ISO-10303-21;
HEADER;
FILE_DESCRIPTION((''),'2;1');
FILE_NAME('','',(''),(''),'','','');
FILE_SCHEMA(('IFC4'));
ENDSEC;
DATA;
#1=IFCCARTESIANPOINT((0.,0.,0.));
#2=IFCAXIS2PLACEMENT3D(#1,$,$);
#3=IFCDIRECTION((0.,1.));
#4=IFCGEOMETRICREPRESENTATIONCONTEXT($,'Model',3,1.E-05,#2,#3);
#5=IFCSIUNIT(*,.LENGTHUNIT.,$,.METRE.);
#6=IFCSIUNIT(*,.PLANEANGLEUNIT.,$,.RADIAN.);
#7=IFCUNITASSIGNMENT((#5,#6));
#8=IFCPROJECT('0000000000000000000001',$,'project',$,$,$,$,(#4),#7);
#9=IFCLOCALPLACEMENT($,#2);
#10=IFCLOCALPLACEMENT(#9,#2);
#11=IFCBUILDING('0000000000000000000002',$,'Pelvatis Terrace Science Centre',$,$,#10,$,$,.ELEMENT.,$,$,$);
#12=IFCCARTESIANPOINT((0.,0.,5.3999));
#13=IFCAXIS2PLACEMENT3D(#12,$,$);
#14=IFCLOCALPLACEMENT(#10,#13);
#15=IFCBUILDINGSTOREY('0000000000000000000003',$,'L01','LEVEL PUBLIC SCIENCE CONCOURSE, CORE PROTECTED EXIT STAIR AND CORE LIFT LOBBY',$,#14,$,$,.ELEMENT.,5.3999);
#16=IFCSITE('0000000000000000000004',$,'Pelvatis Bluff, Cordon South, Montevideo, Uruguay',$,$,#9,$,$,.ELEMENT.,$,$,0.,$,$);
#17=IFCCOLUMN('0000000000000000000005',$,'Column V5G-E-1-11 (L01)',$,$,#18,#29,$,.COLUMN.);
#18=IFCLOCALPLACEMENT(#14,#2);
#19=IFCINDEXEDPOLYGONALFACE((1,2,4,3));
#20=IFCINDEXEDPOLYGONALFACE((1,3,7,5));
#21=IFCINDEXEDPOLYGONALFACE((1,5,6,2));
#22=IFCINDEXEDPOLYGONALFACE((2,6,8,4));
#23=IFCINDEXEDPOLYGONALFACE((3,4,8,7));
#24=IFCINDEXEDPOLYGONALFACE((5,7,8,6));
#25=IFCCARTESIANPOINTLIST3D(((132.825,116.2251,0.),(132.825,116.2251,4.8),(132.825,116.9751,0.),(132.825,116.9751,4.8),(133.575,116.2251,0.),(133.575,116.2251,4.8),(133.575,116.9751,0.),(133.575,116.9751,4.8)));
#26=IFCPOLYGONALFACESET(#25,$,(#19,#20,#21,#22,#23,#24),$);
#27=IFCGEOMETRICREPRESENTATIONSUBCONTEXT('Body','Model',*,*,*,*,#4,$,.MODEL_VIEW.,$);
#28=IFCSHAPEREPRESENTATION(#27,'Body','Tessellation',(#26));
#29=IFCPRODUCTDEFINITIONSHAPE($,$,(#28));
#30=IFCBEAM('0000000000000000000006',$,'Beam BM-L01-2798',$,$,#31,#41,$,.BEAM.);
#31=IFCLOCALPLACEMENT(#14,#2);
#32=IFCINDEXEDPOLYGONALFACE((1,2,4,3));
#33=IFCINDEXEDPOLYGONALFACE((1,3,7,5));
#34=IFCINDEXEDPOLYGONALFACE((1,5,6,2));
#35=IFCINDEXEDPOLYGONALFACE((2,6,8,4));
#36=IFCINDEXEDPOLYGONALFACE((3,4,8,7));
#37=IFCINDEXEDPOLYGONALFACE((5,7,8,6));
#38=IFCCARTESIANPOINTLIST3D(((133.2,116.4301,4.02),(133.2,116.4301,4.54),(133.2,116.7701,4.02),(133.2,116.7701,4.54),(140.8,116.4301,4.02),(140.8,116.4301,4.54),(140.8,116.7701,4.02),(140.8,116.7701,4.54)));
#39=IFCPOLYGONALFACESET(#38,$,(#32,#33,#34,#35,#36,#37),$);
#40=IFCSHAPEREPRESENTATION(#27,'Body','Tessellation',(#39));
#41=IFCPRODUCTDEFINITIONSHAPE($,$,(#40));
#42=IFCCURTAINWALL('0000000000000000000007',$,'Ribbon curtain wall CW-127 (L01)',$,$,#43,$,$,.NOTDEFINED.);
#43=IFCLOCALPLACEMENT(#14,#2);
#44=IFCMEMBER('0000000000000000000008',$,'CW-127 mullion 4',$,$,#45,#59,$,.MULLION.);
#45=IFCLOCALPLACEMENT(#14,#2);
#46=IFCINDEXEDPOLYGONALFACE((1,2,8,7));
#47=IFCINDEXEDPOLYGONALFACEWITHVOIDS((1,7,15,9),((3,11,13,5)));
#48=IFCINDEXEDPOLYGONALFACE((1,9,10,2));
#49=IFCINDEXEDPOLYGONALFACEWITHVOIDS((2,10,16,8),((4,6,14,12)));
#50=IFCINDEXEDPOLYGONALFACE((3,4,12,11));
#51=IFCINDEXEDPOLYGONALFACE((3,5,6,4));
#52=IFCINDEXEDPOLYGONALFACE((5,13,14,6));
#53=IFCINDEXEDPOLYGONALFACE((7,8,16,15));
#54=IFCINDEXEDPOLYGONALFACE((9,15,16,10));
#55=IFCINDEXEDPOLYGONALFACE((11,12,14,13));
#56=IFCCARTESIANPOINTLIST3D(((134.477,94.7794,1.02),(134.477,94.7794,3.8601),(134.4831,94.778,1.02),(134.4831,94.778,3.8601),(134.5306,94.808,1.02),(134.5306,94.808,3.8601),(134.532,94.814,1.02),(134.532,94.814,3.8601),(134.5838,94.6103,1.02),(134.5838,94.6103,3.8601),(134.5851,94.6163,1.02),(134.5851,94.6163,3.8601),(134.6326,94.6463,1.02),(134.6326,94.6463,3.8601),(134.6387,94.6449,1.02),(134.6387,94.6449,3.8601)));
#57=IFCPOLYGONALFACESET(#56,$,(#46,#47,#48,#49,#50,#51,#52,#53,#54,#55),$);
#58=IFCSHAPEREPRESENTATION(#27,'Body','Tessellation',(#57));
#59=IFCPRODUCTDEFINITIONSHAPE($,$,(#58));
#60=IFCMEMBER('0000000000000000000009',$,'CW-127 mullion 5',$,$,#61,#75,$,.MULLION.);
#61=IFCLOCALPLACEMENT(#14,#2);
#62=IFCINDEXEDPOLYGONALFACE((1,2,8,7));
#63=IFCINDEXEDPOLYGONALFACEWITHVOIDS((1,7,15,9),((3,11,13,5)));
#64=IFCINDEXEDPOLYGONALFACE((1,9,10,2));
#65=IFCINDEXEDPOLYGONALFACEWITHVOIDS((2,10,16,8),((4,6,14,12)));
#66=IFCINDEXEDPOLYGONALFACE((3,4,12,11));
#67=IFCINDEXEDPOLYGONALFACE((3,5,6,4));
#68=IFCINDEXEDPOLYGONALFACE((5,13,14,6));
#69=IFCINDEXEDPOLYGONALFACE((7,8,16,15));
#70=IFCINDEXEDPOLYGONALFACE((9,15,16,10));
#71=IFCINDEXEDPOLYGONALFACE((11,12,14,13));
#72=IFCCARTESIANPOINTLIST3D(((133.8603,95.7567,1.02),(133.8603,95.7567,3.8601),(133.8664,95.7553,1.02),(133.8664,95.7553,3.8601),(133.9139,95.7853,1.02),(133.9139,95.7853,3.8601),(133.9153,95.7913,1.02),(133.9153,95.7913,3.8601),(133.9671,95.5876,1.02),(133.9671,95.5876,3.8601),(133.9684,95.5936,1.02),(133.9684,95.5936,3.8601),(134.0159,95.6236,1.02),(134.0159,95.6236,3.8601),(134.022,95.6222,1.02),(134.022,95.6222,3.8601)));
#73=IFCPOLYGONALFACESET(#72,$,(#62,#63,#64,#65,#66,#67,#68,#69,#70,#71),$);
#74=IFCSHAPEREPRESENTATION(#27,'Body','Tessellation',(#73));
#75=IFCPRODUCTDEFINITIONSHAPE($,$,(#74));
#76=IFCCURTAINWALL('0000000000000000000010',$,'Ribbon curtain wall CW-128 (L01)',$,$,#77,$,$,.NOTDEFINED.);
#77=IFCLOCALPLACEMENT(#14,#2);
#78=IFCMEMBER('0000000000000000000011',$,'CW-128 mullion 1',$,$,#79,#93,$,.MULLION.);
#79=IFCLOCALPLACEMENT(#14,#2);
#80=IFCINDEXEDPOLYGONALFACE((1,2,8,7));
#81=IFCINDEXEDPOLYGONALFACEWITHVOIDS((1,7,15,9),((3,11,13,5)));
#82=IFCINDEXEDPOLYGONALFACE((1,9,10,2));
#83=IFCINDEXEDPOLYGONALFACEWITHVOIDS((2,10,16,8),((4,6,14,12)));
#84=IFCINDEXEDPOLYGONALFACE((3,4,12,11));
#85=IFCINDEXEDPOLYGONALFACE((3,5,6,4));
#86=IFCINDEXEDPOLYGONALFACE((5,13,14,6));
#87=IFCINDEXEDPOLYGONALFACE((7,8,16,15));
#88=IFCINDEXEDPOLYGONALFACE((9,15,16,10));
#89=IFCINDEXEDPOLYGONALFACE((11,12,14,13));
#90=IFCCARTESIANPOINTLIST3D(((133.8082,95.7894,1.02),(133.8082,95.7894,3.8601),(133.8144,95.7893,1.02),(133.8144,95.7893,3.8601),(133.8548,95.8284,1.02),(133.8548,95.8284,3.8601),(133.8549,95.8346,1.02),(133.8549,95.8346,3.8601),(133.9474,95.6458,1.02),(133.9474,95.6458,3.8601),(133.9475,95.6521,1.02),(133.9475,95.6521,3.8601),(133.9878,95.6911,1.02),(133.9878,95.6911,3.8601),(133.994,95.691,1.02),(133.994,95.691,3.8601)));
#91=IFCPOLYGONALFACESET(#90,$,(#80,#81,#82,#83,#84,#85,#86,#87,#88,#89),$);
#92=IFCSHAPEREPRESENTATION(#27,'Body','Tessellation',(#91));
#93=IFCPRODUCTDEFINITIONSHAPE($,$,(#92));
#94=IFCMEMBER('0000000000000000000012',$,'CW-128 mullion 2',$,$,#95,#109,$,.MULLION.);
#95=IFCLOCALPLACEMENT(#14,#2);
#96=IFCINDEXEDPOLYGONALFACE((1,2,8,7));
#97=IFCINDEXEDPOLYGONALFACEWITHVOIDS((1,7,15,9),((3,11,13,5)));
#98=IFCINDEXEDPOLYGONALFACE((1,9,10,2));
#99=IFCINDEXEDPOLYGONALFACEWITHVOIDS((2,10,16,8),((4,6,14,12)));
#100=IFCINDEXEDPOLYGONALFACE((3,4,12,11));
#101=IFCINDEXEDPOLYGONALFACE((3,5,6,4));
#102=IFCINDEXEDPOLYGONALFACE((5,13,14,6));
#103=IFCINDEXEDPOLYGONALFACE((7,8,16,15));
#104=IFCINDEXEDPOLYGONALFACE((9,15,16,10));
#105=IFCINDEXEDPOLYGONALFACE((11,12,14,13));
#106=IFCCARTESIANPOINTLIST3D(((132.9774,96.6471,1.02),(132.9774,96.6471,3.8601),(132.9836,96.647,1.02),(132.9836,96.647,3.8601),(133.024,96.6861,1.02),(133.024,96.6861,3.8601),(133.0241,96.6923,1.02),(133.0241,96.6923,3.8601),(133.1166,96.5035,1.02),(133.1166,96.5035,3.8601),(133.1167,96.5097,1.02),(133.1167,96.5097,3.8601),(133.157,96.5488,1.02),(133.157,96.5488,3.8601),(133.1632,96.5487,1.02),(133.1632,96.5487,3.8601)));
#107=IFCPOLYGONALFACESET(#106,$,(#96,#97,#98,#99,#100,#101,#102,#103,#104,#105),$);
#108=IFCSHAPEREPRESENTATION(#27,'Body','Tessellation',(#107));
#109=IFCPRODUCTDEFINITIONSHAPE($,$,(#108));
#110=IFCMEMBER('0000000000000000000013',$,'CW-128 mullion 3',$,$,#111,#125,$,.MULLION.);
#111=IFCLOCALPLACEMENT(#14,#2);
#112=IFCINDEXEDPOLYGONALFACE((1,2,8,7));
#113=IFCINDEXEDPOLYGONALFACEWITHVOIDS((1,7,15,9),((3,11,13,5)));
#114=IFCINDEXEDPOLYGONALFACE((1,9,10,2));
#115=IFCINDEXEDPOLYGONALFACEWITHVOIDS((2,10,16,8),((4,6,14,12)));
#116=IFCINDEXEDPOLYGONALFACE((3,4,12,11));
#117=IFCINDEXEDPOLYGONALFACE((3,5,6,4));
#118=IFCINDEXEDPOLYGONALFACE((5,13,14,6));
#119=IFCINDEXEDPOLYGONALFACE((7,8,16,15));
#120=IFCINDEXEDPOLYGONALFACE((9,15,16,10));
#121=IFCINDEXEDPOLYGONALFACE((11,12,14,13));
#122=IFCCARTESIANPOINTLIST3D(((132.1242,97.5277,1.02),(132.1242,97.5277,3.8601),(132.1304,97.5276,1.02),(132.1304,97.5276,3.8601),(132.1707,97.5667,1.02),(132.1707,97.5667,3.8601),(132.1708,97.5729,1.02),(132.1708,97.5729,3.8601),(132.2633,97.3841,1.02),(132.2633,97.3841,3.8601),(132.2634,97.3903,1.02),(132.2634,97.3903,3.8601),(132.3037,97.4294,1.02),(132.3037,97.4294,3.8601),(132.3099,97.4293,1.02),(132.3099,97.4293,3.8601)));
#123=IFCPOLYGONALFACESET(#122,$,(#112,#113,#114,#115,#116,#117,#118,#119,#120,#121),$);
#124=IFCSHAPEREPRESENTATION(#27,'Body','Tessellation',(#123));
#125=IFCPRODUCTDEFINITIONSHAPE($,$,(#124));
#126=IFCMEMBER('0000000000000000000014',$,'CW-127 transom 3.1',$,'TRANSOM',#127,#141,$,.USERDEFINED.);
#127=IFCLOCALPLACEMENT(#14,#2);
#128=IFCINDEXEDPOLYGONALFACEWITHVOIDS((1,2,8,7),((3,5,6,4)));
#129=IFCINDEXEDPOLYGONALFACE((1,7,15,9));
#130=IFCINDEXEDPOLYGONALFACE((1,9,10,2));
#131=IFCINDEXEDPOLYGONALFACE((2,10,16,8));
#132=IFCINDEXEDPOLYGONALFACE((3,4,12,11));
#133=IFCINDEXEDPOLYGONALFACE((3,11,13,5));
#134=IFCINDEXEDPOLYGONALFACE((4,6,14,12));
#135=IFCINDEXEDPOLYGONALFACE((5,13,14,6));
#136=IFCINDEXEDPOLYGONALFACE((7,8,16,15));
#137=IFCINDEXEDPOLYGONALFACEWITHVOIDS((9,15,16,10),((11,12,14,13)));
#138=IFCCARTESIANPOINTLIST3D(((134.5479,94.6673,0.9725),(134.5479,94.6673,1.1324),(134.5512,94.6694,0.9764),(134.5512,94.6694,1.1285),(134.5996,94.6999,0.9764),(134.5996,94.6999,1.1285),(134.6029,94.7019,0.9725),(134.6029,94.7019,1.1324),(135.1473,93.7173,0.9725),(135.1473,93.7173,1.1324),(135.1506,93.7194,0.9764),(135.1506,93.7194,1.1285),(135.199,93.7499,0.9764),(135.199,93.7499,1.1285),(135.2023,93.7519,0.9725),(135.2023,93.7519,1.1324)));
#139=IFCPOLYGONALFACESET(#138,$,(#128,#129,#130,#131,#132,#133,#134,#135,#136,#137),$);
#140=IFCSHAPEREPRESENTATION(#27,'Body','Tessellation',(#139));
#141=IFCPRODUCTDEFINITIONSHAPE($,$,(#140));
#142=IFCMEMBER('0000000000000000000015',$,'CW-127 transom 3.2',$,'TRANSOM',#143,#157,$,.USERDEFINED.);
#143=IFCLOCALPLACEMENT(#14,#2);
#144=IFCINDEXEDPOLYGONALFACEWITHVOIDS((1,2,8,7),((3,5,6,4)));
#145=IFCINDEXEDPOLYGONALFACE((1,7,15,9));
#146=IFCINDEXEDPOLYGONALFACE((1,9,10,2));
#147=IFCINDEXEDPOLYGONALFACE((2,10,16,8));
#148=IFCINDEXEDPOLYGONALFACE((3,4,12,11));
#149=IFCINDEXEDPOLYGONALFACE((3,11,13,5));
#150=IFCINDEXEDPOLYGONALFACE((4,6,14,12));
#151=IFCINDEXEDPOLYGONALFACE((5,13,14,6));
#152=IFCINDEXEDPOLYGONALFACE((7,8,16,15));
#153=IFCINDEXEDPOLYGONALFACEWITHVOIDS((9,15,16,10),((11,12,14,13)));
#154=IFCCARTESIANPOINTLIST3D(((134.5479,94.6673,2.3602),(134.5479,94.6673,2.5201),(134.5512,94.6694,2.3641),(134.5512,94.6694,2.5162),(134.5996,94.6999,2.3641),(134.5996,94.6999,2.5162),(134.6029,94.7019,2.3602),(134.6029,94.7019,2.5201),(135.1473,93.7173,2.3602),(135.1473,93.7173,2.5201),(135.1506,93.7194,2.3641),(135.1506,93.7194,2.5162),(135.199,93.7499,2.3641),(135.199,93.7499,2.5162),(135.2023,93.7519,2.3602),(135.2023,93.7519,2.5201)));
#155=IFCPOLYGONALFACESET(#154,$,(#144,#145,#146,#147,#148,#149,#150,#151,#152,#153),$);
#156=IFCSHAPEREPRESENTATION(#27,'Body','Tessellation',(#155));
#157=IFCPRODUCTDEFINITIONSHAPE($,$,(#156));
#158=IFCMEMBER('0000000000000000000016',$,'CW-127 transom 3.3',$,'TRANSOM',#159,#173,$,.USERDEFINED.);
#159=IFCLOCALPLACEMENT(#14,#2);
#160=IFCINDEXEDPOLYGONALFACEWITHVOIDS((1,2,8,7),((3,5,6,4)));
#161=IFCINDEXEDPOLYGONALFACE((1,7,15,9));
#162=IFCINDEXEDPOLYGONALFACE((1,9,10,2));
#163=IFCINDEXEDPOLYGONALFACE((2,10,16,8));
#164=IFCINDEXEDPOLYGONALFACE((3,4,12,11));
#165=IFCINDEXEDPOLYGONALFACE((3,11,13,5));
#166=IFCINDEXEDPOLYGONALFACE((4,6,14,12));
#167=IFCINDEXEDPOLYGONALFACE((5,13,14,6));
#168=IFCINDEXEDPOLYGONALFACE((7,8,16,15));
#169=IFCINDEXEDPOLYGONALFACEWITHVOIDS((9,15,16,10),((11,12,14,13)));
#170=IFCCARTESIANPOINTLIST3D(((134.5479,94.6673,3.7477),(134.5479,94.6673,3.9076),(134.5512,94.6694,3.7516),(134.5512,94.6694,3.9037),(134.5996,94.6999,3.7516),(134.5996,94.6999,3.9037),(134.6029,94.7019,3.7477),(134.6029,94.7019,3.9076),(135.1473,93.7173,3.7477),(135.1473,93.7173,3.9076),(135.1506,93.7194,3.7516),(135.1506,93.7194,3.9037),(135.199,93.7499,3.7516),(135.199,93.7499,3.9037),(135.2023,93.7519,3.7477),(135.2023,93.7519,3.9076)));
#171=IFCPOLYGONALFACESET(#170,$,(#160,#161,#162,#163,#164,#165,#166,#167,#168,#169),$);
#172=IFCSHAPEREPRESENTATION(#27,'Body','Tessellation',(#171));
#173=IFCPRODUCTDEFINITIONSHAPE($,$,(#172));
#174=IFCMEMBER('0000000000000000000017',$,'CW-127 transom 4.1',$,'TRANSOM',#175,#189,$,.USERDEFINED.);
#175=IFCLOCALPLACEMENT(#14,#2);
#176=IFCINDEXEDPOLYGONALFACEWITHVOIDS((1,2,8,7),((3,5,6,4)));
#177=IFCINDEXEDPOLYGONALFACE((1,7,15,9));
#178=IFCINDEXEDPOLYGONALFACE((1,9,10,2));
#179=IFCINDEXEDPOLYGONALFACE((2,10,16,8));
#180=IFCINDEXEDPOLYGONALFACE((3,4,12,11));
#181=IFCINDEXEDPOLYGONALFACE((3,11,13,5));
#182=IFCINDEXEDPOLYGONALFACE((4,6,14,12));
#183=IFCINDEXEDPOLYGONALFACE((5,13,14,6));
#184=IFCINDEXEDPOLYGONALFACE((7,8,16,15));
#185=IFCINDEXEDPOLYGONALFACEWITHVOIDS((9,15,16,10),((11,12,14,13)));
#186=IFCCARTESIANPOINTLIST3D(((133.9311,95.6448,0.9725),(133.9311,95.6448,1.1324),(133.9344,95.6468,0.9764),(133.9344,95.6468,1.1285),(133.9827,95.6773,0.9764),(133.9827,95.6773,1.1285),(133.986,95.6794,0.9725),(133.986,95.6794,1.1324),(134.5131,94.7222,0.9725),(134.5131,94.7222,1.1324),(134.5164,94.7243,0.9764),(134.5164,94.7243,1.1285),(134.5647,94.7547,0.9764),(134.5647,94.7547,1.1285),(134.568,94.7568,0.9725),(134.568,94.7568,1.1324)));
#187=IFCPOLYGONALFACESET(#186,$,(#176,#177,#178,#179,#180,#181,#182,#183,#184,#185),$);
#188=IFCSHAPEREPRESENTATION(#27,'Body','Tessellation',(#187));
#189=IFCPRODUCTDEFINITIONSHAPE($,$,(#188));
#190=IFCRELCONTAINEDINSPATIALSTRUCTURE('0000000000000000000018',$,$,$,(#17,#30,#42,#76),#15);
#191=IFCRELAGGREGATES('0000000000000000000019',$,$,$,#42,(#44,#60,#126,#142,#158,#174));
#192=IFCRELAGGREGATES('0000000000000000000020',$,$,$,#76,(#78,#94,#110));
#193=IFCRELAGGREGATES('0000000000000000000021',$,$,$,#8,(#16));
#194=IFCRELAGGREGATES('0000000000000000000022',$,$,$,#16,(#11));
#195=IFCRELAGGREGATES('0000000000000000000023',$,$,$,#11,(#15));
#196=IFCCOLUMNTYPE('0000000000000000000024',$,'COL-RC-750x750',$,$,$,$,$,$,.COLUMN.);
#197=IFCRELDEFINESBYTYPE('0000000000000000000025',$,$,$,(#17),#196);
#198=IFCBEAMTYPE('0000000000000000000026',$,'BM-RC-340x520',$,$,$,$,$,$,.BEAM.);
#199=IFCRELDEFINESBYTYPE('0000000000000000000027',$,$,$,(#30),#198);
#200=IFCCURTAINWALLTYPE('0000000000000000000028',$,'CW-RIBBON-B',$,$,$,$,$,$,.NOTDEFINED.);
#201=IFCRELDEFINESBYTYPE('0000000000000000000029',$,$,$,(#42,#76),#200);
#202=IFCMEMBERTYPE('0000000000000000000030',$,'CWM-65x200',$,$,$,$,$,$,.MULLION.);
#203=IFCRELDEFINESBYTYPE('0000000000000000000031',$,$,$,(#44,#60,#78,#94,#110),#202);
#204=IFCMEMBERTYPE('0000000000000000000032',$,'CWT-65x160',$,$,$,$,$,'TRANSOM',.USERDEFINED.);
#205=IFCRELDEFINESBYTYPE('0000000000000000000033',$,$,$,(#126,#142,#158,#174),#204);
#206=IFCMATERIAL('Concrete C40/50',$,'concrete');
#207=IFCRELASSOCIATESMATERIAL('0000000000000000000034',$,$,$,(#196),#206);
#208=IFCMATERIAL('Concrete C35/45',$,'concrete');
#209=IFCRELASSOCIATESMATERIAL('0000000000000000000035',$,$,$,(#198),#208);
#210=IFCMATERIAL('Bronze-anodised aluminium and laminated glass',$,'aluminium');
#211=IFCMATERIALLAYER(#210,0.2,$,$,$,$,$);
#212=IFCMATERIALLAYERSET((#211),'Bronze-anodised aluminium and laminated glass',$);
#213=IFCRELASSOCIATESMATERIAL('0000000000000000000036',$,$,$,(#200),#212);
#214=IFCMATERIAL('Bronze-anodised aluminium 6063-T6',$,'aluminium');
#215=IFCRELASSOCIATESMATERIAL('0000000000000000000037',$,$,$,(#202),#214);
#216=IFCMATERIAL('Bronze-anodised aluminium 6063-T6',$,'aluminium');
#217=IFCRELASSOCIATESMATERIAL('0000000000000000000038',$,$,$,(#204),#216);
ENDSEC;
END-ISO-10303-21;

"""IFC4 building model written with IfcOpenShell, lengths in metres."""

from ifc_helpers import new_model, si_unit, direction, frame, origin, origin_2d, place, context, subcontext, project, spatial, rectangle, hollow_rectangle, extrude, material, layer, layer_set, material_profile, profile_set, type_object, element, aggregate, save


model = new_model("IFC4")

# Units and contexts
model_context = context("Model", 3, precision=1e-05, world=origin(), true_north=direction((0.0, 1.0)))
body_context = subcontext(model_context, "Body", "Model", "MODEL_VIEW")
ifc_project = project(units=[si_unit("LENGTHUNIT", "METRE"), si_unit("PLANEANGLEUNIT", "RADIAN")], contexts=[model_context])

# Site, building, storey
site_placement = place(None, origin())
site = spatial("IfcSite", under=ifc_project, at=site_placement, Name="Pelvatis Bluff, Cordon South, Montevideo, Uruguay", CompositionType="ELEMENT", RefElevation=0.0)
building_placement = place(site_placement, origin())
building = spatial("IfcBuilding", under=site, at=building_placement, Name="Pelvatis Terrace Science Centre", CompositionType="ELEMENT")
storey_placement = place(building_placement, frame((0.0, 0.0, 5.3999)))
storey = spatial("IfcBuildingStorey", under=building, at=storey_placement, Name="L01", Description="LEVEL PUBLIC SCIENCE CONCOURSE, CORE PROTECTED EXIT STAIR AND CORE LIFT LOBBY", CompositionType="ELEMENT", Elevation=5.3999)

# Column
ifc_material_1 = material(Name="Concrete C40/50", Category="concrete")
ifc_material_profile_1 = material_profile(ifc_material_1, rectangle(XDim=0.75, YDim=0.75, at=origin_2d()), Name="RC-COL 750x750")
ifc_profile_set_1 = profile_set([ifc_material_profile_1], Name="Concrete C40/50")
column_type = type_object("IfcColumnType", Name="COL-RC-750x750", PredefinedType="COLUMN", material=ifc_profile_set_1)
column_placement = place(storey_placement, frame((133.2, 116.6001, 0.0), z_axis=(0.0, 0.0, 1.0), x_axis=(1.0, 0.0, 0.0)))
element("IfcColumn", 1, at=column_placement, inside=storey, type_object=column_type, Name="Column V5G-E-1-11 (L01)", PredefinedType="COLUMN", context=body_context, shape_type="SweptSolid", body=[
    extrude(rectangle(XDim=0.75, YDim=0.75, at=origin_2d()), origin(), (0.0, 0.0, 1.0), 4.8),
])

# Beam
ifc_material_2 = material(Name="Concrete C35/45", Category="concrete")
ifc_material_profile_2 = material_profile(ifc_material_2, rectangle(XDim=0.3401, YDim=0.52, at=origin_2d()), Name="RC-BM 340x520")
ifc_profile_set_2 = profile_set([ifc_material_profile_2], Name="Concrete C35/45")
beam_type = type_object("IfcBeamType", Name="BM-RC-340x520", PredefinedType="BEAM", material=ifc_profile_set_2)
beam_placement = place(storey_placement, frame((133.2, 116.6001, 4.28), z_axis=(1.0, 0.0, 0.0), x_axis=(0.0, 1.0, 0.0)))
element("IfcBeam", 2, at=beam_placement, inside=storey, type_object=beam_type, Name="Beam BM-L01-2798", PredefinedType="BEAM", context=body_context, shape_type="SweptSolid", body=[
    extrude(rectangle(XDim=0.3401, YDim=0.52, at=origin_2d()), origin(), (0.0, 0.0, 1.0), 7.6001),
])

# Curtain walls, members
ifc_material_3 = material(Name="Bronze-anodised aluminium and laminated glass", Category="aluminium")
ifc_layer_1 = layer(ifc_material_3, 0.2)
ifc_layer_set_1 = layer_set([ifc_layer_1], Name="Bronze-anodised aluminium and laminated glass")
curtain_wall_type = type_object("IfcCurtainWallType", Name="CW-RIBBON-B", PredefinedType="NOTDEFINED", material=ifc_layer_set_1)
curtain_wall_1_placement = place(storey_placement, origin())
curtain_wall_1 = element("IfcCurtainWall", 3, at=curtain_wall_1_placement, inside=storey, type_object=curtain_wall_type, Name="Ribbon curtain wall CW-127 (L01)", PredefinedType="NOTDEFINED")
ifc_material_4 = material(Name="Bronze-anodised aluminium 6063-T6", Category="aluminium")
ifc_material_profile_3 = material_profile(ifc_material_4, hollow_rectangle(XDim=0.0649, YDim=0.2, WallThickness=0.0044, at=origin_2d()), Name="ALU-MUL 65x200")
ifc_profile_set_3 = profile_set([ifc_material_profile_3], Name="Bronze-anodised aluminium 6063-T6")
member_type_1 = type_object("IfcMemberType", Name="CWM-65x200", PredefinedType="MULLION", material=ifc_profile_set_3)
member_1_placement = place(storey_placement, frame((134.5579, 94.7122, 1.02), z_axis=(0.0, 0.0, 1.0), x_axis=(-0.845678, -0.533693, 0.0)))
member_1 = element("IfcMember", 4, at=member_1_placement, type_object=member_type_1, Name="CW-127 mullion 4", PredefinedType="MULLION", context=body_context, shape_type="SweptSolid", body=[
    extrude(hollow_rectangle(XDim=0.0649, YDim=0.2, WallThickness=0.0044, at=origin_2d()), origin(), (0.0, 0.0, 1.0), 2.8401),
])
member_2_placement = place(storey_placement, frame((133.9412, 95.6895, 1.02), z_axis=(0.0, 0.0, 1.0), x_axis=(-0.845678, -0.533693, 0.0)))
member_2 = element("IfcMember", 5, at=member_2_placement, type_object=member_type_1, Name="CW-127 mullion 5", PredefinedType="MULLION", context=body_context, shape_type="SweptSolid", body=[
    extrude(hollow_rectangle(XDim=0.0649, YDim=0.2, WallThickness=0.0044, at=origin_2d()), origin(), (0.0, 0.0, 1.0), 2.8401),
])
curtain_wall_2_placement = place(storey_placement, origin())
curtain_wall_2 = element("IfcCurtainWall", 6, at=curtain_wall_2_placement, inside=storey, type_object=curtain_wall_type, Name="Ribbon curtain wall CW-128 (L01)", PredefinedType="NOTDEFINED")
member_3_placement = place(storey_placement, frame((133.9011, 95.7402, 1.02), z_axis=(0.0, 0.0, 1.0), x_axis=(-0.718179, -0.695858, 0.0)))
member_3 = element("IfcMember", 7, at=member_3_placement, type_object=member_type_1, Name="CW-128 mullion 1", PredefinedType="MULLION", context=body_context, shape_type="SweptSolid", body=[
    extrude(hollow_rectangle(XDim=0.0649, YDim=0.2, WallThickness=0.0044, at=origin_2d()), origin(), (0.0, 0.0, 1.0), 2.8401),
])
member_4_placement = place(storey_placement, frame((133.0703, 96.5979, 1.02), z_axis=(0.0, 0.0, 1.0), x_axis=(-0.718179, -0.695858, 0.0)))
member_4 = element("IfcMember", 8, at=member_4_placement, type_object=member_type_1, Name="CW-128 mullion 2", PredefinedType="MULLION", context=body_context, shape_type="SweptSolid", body=[
    extrude(hollow_rectangle(XDim=0.0649, YDim=0.2, WallThickness=0.0044, at=origin_2d()), origin(), (0.0, 0.0, 1.0), 2.8401),
])
member_5_placement = place(storey_placement, frame((132.217, 97.4785, 1.02), z_axis=(0.0, 0.0, 1.0), x_axis=(-0.718179, -0.695858, 0.0)))
member_5 = element("IfcMember", 9, at=member_5_placement, type_object=member_type_1, Name="CW-128 mullion 3", PredefinedType="MULLION", context=body_context, shape_type="SweptSolid", body=[
    extrude(hollow_rectangle(XDim=0.0649, YDim=0.2, WallThickness=0.0044, at=origin_2d()), origin(), (0.0, 0.0, 1.0), 2.8401),
])

# Members
ifc_material_5 = material(Name="Bronze-anodised aluminium 6063-T6", Category="aluminium")
ifc_material_profile_4 = material_profile(ifc_material_5, hollow_rectangle(XDim=0.0649, YDim=0.1599, WallThickness=0.0039, at=origin_2d()), Name="ALU-TRN 65x160")
ifc_profile_set_4 = profile_set([ifc_material_profile_4], Name="Bronze-anodised aluminium 6063-T6")
member_type_2 = type_object("IfcMemberType", Name="CWT-65x160", ElementType="TRANSOM", PredefinedType="USERDEFINED", material=ifc_profile_set_4)
member_6_placement = place(storey_placement, frame((135.1748, 93.7346, 1.0525), z_axis=(-0.533609, 0.845732, 0.0), x_axis=(-0.845732, -0.533609, 0.0)))
member_6 = element("IfcMember", 10, at=member_6_placement, type_object=member_type_2, Name="CW-127 transom 3.1", ObjectType="TRANSOM", PredefinedType="USERDEFINED", context=body_context, shape_type="SweptSolid", body=[
    extrude(hollow_rectangle(XDim=0.0649, YDim=0.1599, WallThickness=0.0039, at=origin_2d()), origin(), (0.0, 0.0, 1.0), 1.1233),
])
member_7_placement = place(storey_placement, frame((135.1748, 93.7346, 2.4402), z_axis=(-0.533609, 0.845732, 0.0), x_axis=(-0.845732, -0.533609, 0.0)))
member_7 = element("IfcMember", 11, at=member_7_placement, type_object=member_type_2, Name="CW-127 transom 3.2", ObjectType="TRANSOM", PredefinedType="USERDEFINED", context=body_context, shape_type="SweptSolid", body=[
    extrude(hollow_rectangle(XDim=0.0649, YDim=0.1599, WallThickness=0.0039, at=origin_2d()), origin(), (0.0, 0.0, 1.0), 1.1233),
])
member_8_placement = place(storey_placement, frame((135.1748, 93.7346, 3.8276), z_axis=(-0.533609, 0.845732, 0.0), x_axis=(-0.845732, -0.533609, 0.0)))
member_8 = element("IfcMember", 12, at=member_8_placement, type_object=member_type_2, Name="CW-127 transom 3.3", ObjectType="TRANSOM", PredefinedType="USERDEFINED", context=body_context, shape_type="SweptSolid", body=[
    extrude(hollow_rectangle(XDim=0.0649, YDim=0.1599, WallThickness=0.0039, at=origin_2d()), origin(), (0.0, 0.0, 1.0), 1.1233),
])
member_9_placement = place(storey_placement, frame((134.5405, 94.7395, 1.0525), z_axis=(-0.533555, 0.845765, 0.0), x_axis=(-0.845765, -0.533555, 0.0)))
member_9 = element("IfcMember", 13, at=member_9_placement, type_object=member_type_2, Name="CW-127 transom 4.1", ObjectType="TRANSOM", PredefinedType="USERDEFINED", context=body_context, shape_type="SweptSolid", body=[
    extrude(hollow_rectangle(XDim=0.0649, YDim=0.1599, WallThickness=0.0039, at=origin_2d()), origin(), (0.0, 0.0, 1.0), 1.0908),
])

aggregate(curtain_wall_1, [member_1, member_2, member_6, member_7, member_8, member_9])
aggregate(curtain_wall_2, [member_3, member_4, member_5])

save(model, "model.ifc")
